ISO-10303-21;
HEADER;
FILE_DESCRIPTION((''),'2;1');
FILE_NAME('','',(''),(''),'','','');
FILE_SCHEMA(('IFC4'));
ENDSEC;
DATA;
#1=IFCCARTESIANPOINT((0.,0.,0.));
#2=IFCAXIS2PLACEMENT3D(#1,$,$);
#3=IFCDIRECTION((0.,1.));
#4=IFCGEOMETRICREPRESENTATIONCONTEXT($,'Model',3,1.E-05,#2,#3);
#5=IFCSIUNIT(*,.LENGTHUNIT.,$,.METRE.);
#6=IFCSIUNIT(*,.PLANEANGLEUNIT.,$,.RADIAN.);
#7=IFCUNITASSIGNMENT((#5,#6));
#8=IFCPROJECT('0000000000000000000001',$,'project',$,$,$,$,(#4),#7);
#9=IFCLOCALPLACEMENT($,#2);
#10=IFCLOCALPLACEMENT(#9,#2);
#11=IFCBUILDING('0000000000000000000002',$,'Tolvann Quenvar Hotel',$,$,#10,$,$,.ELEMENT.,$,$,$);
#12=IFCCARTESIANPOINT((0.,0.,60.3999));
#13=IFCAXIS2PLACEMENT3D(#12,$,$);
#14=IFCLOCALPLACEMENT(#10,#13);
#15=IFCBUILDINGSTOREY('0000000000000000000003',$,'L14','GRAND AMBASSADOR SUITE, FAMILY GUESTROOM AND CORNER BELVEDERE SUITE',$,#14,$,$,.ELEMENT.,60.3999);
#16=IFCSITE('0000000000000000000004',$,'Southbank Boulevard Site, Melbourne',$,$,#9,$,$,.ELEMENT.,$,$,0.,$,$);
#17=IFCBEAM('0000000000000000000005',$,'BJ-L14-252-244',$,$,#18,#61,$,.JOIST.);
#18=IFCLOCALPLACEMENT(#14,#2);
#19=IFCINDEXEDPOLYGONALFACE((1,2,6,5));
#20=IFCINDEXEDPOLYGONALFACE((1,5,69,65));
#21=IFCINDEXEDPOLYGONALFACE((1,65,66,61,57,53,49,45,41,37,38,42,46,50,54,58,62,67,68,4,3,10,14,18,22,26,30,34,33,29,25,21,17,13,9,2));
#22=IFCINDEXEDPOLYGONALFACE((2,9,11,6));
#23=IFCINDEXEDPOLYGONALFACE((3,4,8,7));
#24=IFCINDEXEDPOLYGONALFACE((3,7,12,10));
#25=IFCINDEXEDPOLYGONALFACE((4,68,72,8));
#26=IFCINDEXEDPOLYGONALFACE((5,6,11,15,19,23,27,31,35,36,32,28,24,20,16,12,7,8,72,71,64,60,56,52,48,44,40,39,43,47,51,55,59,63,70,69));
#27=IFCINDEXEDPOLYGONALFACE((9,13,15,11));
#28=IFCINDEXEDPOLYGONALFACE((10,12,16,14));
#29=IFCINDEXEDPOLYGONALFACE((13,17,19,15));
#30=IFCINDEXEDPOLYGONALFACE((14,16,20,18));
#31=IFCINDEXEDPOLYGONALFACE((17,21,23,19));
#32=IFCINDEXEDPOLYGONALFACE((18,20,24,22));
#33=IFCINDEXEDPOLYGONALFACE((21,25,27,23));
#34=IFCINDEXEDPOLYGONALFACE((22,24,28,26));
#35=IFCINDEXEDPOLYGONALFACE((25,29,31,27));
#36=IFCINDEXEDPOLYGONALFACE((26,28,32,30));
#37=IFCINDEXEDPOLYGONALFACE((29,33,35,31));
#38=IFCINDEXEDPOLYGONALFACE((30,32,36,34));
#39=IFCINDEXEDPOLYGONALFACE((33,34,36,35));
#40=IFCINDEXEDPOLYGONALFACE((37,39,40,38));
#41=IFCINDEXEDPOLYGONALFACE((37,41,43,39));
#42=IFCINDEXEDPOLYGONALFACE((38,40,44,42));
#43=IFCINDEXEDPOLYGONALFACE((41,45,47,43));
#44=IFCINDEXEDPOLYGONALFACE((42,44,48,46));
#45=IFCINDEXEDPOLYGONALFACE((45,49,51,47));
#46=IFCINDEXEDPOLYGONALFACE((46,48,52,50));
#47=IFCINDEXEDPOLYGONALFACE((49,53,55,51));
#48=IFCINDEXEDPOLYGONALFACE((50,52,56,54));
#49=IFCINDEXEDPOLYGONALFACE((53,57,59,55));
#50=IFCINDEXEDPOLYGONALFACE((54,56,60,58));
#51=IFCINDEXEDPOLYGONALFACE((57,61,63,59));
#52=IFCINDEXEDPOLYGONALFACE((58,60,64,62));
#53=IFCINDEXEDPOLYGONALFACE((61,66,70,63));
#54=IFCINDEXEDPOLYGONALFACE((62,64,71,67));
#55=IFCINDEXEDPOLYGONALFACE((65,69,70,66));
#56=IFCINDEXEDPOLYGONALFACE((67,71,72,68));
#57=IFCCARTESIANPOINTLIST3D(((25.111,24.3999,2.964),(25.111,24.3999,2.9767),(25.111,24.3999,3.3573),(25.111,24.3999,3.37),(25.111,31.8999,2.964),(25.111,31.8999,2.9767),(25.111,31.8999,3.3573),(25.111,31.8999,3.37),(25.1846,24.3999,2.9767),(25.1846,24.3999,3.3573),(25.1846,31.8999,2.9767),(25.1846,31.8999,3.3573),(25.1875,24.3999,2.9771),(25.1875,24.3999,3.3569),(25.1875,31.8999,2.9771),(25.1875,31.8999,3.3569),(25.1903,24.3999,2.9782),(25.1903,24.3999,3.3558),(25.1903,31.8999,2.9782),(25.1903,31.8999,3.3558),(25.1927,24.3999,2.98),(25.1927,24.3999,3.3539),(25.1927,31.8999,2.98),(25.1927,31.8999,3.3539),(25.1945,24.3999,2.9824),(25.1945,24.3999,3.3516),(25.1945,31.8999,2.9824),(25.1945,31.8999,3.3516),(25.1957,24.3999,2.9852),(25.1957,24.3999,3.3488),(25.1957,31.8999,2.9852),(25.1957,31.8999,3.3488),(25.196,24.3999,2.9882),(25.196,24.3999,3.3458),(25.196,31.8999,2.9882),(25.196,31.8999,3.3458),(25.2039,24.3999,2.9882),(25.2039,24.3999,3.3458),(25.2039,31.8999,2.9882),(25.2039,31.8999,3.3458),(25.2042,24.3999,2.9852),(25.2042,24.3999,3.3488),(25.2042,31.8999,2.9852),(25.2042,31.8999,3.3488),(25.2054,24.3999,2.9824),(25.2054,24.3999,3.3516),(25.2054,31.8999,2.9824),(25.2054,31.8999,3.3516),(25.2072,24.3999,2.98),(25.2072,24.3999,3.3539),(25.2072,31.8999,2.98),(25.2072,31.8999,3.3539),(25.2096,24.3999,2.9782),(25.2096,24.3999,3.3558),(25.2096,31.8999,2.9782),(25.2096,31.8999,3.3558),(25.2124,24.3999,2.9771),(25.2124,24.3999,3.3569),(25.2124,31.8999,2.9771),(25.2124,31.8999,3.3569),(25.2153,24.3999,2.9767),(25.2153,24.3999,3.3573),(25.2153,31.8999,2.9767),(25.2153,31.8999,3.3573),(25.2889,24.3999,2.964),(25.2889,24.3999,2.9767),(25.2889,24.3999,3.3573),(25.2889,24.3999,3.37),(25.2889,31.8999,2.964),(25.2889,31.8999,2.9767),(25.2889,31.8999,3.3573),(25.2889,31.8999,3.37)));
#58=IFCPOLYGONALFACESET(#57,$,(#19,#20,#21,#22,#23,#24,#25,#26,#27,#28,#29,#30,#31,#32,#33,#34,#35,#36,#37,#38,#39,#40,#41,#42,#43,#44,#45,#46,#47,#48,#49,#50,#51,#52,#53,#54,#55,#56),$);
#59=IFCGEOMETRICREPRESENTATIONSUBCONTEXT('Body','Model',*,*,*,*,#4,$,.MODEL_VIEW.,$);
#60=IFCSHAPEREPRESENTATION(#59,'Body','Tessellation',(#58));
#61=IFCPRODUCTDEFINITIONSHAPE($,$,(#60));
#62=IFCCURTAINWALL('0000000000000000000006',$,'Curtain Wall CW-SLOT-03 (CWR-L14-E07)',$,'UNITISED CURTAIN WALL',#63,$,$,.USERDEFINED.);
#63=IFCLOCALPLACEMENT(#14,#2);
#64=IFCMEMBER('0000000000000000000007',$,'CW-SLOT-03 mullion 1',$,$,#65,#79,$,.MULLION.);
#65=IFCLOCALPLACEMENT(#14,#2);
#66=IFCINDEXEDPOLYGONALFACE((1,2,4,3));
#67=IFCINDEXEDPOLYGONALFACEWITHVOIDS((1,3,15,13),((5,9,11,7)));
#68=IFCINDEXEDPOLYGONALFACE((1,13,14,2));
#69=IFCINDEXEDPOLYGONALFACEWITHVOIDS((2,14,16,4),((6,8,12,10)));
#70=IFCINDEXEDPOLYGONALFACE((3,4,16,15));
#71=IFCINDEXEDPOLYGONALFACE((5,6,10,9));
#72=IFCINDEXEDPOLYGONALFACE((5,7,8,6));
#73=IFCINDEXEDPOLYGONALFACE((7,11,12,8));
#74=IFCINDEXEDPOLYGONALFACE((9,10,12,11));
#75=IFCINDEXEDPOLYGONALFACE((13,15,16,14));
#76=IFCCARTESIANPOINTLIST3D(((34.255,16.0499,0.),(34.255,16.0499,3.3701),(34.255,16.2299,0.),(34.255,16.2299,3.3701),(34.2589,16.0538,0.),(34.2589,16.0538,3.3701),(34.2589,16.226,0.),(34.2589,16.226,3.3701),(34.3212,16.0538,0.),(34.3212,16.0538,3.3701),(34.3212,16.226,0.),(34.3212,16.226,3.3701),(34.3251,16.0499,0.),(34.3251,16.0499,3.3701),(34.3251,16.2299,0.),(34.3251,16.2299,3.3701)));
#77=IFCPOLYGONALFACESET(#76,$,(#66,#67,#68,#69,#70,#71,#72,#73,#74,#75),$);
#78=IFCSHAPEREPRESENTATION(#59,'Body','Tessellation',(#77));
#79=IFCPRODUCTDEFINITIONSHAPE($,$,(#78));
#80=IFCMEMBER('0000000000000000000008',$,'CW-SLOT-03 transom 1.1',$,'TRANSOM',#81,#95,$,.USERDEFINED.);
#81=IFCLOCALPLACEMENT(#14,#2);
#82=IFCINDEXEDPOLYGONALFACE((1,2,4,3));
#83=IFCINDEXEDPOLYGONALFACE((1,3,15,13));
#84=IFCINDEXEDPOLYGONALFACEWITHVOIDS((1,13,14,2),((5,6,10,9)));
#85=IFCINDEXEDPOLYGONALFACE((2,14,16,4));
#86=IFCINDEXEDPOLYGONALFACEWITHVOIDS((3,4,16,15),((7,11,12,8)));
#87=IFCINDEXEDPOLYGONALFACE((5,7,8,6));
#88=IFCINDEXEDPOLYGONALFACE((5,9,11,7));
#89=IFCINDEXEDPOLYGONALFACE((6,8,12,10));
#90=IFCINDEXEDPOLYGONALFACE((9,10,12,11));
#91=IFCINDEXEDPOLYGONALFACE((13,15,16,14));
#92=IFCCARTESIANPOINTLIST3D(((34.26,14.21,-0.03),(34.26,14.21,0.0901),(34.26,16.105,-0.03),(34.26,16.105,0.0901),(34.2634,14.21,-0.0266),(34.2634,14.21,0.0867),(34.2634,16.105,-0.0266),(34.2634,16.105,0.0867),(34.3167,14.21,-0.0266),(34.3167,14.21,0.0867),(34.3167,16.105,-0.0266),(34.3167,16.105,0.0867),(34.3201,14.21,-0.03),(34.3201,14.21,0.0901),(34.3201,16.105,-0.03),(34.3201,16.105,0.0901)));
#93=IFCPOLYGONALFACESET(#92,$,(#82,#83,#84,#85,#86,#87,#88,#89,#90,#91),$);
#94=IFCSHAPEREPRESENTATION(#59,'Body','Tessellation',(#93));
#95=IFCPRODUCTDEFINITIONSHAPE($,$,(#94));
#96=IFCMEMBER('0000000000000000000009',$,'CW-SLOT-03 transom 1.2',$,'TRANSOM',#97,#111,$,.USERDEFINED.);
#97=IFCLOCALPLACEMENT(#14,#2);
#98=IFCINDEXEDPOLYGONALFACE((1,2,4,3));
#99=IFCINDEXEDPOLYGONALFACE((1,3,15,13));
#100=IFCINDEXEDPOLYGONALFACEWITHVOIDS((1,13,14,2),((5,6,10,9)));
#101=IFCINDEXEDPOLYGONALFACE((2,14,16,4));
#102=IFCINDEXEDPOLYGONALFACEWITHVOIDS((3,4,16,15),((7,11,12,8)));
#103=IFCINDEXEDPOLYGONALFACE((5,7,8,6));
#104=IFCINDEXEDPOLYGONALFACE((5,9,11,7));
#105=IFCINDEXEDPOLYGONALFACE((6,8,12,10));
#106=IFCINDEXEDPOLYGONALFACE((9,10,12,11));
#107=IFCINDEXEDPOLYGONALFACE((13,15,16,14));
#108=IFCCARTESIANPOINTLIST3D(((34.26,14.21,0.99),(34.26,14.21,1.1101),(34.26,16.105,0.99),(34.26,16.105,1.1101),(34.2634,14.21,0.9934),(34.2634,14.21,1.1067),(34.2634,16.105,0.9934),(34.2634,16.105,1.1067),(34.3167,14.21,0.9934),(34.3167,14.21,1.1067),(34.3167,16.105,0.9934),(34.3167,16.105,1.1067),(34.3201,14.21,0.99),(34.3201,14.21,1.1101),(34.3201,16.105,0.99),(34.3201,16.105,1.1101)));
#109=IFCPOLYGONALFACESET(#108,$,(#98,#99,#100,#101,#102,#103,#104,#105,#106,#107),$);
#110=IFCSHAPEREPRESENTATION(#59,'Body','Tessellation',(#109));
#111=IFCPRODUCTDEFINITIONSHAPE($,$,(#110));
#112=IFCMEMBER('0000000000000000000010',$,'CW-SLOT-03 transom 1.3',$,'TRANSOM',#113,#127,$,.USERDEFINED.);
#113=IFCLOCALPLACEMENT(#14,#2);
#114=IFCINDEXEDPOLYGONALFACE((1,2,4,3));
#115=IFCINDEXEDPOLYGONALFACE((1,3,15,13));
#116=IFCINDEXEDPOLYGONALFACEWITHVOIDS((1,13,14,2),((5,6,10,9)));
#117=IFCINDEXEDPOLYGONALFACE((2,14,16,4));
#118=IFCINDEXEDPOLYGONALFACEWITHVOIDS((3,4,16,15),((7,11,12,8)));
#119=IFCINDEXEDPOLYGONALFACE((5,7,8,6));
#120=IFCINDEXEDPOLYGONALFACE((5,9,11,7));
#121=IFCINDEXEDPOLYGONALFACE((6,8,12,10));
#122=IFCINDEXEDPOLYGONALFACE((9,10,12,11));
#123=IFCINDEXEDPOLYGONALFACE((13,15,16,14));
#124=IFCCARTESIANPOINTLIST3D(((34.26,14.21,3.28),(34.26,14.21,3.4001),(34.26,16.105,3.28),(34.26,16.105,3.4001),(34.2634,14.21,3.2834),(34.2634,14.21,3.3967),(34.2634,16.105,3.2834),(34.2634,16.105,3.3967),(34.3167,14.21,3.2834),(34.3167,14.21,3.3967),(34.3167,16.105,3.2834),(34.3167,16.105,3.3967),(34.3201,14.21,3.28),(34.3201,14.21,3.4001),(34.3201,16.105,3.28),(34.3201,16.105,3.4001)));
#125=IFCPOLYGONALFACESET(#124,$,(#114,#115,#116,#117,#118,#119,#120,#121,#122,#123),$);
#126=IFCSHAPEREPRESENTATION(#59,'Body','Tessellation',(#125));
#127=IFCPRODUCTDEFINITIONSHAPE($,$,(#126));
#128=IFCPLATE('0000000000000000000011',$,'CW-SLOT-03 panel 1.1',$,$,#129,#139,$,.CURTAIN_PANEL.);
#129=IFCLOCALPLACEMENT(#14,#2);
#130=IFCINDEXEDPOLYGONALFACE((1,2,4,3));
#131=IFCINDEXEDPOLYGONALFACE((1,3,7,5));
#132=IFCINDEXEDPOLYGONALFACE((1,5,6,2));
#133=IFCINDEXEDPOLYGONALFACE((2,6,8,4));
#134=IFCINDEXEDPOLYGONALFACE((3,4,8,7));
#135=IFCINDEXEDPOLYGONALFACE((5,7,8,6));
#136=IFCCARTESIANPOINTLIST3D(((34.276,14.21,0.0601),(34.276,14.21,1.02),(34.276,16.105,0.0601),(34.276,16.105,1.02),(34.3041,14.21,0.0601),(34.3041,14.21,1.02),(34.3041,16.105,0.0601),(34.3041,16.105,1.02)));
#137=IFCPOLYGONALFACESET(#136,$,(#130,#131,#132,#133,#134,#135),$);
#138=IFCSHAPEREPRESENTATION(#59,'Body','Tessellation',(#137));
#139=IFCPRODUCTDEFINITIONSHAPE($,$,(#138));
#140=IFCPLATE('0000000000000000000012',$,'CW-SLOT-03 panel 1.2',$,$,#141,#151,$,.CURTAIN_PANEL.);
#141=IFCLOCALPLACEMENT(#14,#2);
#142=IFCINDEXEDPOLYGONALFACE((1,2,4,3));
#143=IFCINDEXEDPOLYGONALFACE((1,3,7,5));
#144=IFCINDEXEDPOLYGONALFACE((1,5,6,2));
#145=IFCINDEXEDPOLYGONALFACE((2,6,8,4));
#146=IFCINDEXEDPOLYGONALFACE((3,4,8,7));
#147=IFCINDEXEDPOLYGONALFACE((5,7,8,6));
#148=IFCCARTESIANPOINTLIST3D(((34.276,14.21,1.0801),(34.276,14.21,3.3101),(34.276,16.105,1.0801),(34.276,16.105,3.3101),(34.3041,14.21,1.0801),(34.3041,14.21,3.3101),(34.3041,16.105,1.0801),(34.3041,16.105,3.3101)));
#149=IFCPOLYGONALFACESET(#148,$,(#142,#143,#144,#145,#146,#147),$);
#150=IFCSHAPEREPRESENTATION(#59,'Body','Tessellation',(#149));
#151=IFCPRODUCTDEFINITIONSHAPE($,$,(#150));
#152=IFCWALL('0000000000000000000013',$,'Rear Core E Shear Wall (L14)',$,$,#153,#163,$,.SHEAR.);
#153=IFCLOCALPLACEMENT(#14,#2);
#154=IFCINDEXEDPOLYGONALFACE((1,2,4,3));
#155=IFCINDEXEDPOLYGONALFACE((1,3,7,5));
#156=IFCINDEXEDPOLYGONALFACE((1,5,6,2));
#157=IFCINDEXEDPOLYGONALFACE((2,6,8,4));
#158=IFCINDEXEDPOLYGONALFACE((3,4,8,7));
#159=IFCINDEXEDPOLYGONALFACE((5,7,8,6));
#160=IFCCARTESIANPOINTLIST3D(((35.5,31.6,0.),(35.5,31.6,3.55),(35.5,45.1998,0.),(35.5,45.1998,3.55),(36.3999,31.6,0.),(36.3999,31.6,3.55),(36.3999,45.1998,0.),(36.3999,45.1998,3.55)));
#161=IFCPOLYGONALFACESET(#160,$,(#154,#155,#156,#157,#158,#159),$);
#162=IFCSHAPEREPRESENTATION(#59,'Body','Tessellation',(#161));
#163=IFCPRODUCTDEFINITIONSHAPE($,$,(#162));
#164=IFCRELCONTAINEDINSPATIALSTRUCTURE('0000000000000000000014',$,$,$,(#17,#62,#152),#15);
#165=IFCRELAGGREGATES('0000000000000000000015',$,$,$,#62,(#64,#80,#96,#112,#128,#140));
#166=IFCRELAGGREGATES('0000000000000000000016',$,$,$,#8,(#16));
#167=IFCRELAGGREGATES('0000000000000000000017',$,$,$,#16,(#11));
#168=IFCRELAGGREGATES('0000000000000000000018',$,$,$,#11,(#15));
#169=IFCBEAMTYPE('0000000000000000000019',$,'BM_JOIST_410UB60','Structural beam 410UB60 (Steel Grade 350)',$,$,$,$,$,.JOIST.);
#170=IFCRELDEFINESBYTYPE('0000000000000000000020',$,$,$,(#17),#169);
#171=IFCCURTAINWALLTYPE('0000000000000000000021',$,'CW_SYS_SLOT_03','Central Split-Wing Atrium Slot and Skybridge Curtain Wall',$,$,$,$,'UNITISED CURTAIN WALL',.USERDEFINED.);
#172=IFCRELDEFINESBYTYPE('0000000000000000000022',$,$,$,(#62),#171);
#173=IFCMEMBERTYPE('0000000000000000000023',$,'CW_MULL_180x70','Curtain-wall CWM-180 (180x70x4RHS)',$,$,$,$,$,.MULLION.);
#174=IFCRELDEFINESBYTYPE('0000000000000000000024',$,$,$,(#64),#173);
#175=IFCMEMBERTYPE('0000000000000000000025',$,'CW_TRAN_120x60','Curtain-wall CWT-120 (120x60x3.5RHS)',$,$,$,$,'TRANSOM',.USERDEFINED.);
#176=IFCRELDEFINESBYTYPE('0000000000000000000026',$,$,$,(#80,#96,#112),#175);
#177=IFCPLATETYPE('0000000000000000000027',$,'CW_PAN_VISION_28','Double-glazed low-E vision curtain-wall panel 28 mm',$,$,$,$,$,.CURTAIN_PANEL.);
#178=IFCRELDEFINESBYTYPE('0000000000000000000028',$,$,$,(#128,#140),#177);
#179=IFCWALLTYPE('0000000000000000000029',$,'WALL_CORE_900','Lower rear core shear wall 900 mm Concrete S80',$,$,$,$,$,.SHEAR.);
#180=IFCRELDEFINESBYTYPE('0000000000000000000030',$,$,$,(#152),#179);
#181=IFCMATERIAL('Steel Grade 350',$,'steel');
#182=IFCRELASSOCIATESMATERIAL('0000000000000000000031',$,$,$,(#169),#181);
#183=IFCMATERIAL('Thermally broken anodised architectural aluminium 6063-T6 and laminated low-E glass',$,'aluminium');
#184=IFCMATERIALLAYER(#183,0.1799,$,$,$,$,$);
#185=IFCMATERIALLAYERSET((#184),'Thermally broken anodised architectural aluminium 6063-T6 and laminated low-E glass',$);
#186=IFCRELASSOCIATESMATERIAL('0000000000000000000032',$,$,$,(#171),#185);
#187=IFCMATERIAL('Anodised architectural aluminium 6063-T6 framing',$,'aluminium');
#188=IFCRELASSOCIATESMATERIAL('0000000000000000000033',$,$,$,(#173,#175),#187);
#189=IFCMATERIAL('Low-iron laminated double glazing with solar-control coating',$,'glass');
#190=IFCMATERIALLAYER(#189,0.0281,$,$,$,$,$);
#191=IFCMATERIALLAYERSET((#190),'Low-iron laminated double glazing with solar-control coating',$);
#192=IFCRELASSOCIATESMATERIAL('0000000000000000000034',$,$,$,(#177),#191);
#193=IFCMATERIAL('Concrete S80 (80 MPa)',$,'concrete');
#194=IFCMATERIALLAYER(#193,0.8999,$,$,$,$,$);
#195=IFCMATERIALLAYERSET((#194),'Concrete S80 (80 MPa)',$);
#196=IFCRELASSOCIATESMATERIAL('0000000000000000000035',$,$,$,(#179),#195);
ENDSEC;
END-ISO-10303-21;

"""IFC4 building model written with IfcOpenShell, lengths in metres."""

from ifc_helpers import new_model, si_unit, direction, frame, frame_2d, origin, origin_2d, place, context, subcontext, project, spatial, rectangle, hollow_rectangle, i_section, extrude, source, transform, mapped, material, layer, layer_set, material_profile, profile_set, type_object, type_shapes, element, aggregate, save


model = new_model("IFC4")

# Units and contexts
model_context = context("Model", 3, precision=1e-05, world=origin(), true_north=direction((0.0, 1.0)))
body_context = subcontext(model_context, "Body", "Model", "MODEL_VIEW")
ifc_project = project(units=[si_unit("LENGTHUNIT", "METRE"), si_unit("PLANEANGLEUNIT", "RADIAN")], contexts=[model_context])

# Site, building, storey
site_placement = place(None, origin())
site = spatial("IfcSite", under=ifc_project, at=site_placement, Name="Southbank Boulevard Site, Melbourne", CompositionType="ELEMENT", RefElevation=0.0)
building_placement = place(site_placement, origin())
building = spatial("IfcBuilding", under=site, at=building_placement, Name="Tolvann Quenvar Hotel", CompositionType="ELEMENT")
storey_placement = place(building_placement, frame((0.0, 0.0, 60.3999)))
storey = spatial("IfcBuildingStorey", under=building, at=storey_placement, Name="L14", Description="GRAND AMBASSADOR SUITE, FAMILY GUESTROOM AND CORNER BELVEDERE SUITE", CompositionType="ELEMENT", Elevation=60.3999)

# Shared definitions
ifc_material_1 = material(Name="Steel Grade 350", Category="steel")

# Beam
ifc_material_profile_1 = material_profile(ifc_material_1, i_section(OverallWidth=0.178, OverallDepth=0.406, WebThickness=0.0078, FlangeThickness=0.0127, FilletRadius=0.0115, at=origin_2d()), Name="410UB60")
ifc_profile_set_1 = profile_set([ifc_material_profile_1], Name="Steel Grade 350")
beam_type_1 = type_object("IfcBeamType", Name="BM_JOIST_410UB60", Description="Structural beam 410UB60 (Steel Grade 350)", PredefinedType="JOIST", material=ifc_profile_set_1)
shared_shape_1 = source(origin(), body_context, "Body", "SweptSolid", [
    extrude(i_section(OverallWidth=0.178, OverallDepth=0.406, WebThickness=0.0078, FlangeThickness=0.0127, FilletRadius=0.0115, at=origin_2d()), origin(), (0.0, 0.0, 1.0), 7.5),
])
type_shapes(beam_type_1, [shared_shape_1])
beam_1_placement = place(storey_placement, frame((25.2, 24.3999, 3.167), z_axis=(0.0, 1.0, 0.0), x_axis=(-1.0, 0.0, 0.0)))
element("IfcBeam", 1, at=beam_1_placement, inside=storey, type_object=beam_type_1, Name="BJ-L14-252-244", PredefinedType="JOIST", context=body_context, shape_type="MappedRepresentation", body=[
    mapped(shared_shape_1, transform((0.0, 0.0, 0.0), x_axis=(1.0, 0.0, 0.0), y_axis=(0.0, 1.0, 0.0), z_axis=(0.0, 0.0, 1.0), scale=1.0)),
])

# Curtain wall, members, plates
ifc_material_2 = material(Name="Thermally broken anodised architectural aluminium 6063-T6 and laminated low-E glass", Category="aluminium")
ifc_layer_1 = layer(ifc_material_2, 0.1799)
ifc_layer_set_1 = layer_set([ifc_layer_1], Name="Thermally broken anodised architectural aluminium 6063-T6 and laminated low-E glass")
curtain_wall_type = type_object("IfcCurtainWallType", Name="CW_SYS_SLOT_03", Description="Central Split-Wing Atrium Slot and Skybridge Curtain Wall", ElementType="UNITISED CURTAIN WALL", PredefinedType="USERDEFINED", material=ifc_layer_set_1)
curtain_wall_placement = place(storey_placement, origin())
curtain_wall = element("IfcCurtainWall", 2, at=curtain_wall_placement, inside=storey, type_object=curtain_wall_type, Name="Curtain Wall CW-SLOT-03 (CWR-L14-E07)", ObjectType="UNITISED CURTAIN WALL", PredefinedType="USERDEFINED")
ifc_material_3 = material(Name="Anodised architectural aluminium 6063-T6 framing", Category="aluminium")
ifc_material_profile_2 = material_profile(ifc_material_3, hollow_rectangle(XDim=0.0701, YDim=0.1799, WallThickness=0.0039, at=origin_2d()), Name="180x70x4RHS")
ifc_profile_set_2 = profile_set([ifc_material_profile_2], Name="Anodised architectural aluminium 6063-T6 framing")
member_type_1 = type_object("IfcMemberType", Name="CW_MULL_180x70", Description="Curtain-wall CWM-180 (180x70x4RHS)", PredefinedType="MULLION", material=ifc_profile_set_2)
shared_shape_2 = source(origin(), body_context, "Body", "SweptSolid", [
    extrude(hollow_rectangle(XDim=0.0701, YDim=0.1799, WallThickness=0.0039, at=origin_2d()), origin(), (0.0, 0.0, 1.0), 3.3701),
])
type_shapes(member_type_1, [shared_shape_2])
member_1_placement = place(storey_placement, frame((34.29, 16.1399, 0.0), z_axis=(0.0, 0.0, 1.0), x_axis=(1.0, 0.0, 0.0)))
member_1 = element("IfcMember", 3, at=member_1_placement, type_object=member_type_1, Name="CW-SLOT-03 mullion 1", PredefinedType="MULLION", context=body_context, shape_type="MappedRepresentation", body=[
    mapped(shared_shape_2, transform((0.0, 0.0, 0.0), x_axis=(1.0, 0.0, 0.0), y_axis=(0.0, 1.0, 0.0), z_axis=(0.0, 0.0, 1.0), scale=1.0)),
])
ifc_material_profile_3 = material_profile(ifc_material_3, hollow_rectangle(XDim=0.0601, YDim=0.1201, WallThickness=0.0034, at=origin_2d()), Name="120x60x3.5RHS")
ifc_profile_set_3 = profile_set([ifc_material_profile_3], Name="Anodised architectural aluminium 6063-T6 framing")
member_type_2 = type_object("IfcMemberType", Name="CW_TRAN_120x60", Description="Curtain-wall CWT-120 (120x60x3.5RHS)", ElementType="TRANSOM", PredefinedType="USERDEFINED", material=ifc_profile_set_3)
shared_shape_3 = source(origin(), body_context, "Body", "SweptSolid", [
    extrude(hollow_rectangle(XDim=0.0601, YDim=0.1201, WallThickness=0.0034, at=origin_2d()), origin(), (0.0, 0.0, 1.0), 1.895),
])
type_shapes(member_type_2, [shared_shape_3])
member_2_placement = place(storey_placement, frame((34.29, 16.105, 0.03), z_axis=(0.0, -1.0, 0.0), x_axis=(1.0, 0.0, 0.0)))
member_2 = element("IfcMember", 4, at=member_2_placement, type_object=member_type_2, Name="CW-SLOT-03 transom 1.1", ObjectType="TRANSOM", PredefinedType="USERDEFINED", context=body_context, shape_type="MappedRepresentation", body=[
    mapped(shared_shape_3, transform((0.0, 0.0, 0.0), x_axis=(1.0, 0.0, 0.0), y_axis=(0.0, 1.0, 0.0), z_axis=(0.0, 0.0, 1.0), scale=1.0)),
])
member_3_placement = place(storey_placement, frame((34.29, 16.105, 1.05), z_axis=(0.0, -1.0, 0.0), x_axis=(1.0, 0.0, 0.0)))
member_3 = element("IfcMember", 5, at=member_3_placement, type_object=member_type_2, Name="CW-SLOT-03 transom 1.2", ObjectType="TRANSOM", PredefinedType="USERDEFINED", context=body_context, shape_type="MappedRepresentation", body=[
    mapped(shared_shape_3, transform((0.0, 0.0, 0.0), x_axis=(1.0, 0.0, 0.0), y_axis=(0.0, 1.0, 0.0), z_axis=(0.0, 0.0, 1.0), scale=1.0)),
])
member_4_placement = place(storey_placement, frame((34.29, 16.105, 3.3401), z_axis=(0.0, -1.0, 0.0), x_axis=(1.0, 0.0, 0.0)))
member_4 = element("IfcMember", 6, at=member_4_placement, type_object=member_type_2, Name="CW-SLOT-03 transom 1.3", ObjectType="TRANSOM", PredefinedType="USERDEFINED", context=body_context, shape_type="MappedRepresentation", body=[
    mapped(shared_shape_3, transform((0.0, 0.0, 0.0), x_axis=(1.0, 0.0, 0.0), y_axis=(0.0, 1.0, 0.0), z_axis=(0.0, 0.0, 1.0), scale=1.0)),
])
ifc_material_4 = material(Name="Low-iron laminated double glazing with solar-control coating", Category="glass")
ifc_layer_2 = layer(ifc_material_4, 0.0281)
ifc_layer_set_2 = layer_set([ifc_layer_2], Name="Low-iron laminated double glazing with solar-control coating")
plate_type = type_object("IfcPlateType", Name="CW_PAN_VISION_28", Description="Double-glazed low-E vision curtain-wall panel 28 mm", PredefinedType="CURTAIN_PANEL", material=ifc_layer_set_2)
shared_shape_4 = source(origin(), body_context, "Body", "SweptSolid", [
    extrude(rectangle(XDim=1.895, YDim=0.0281, at=origin_2d()), origin(), (0.0, 0.0, 1.0), 0.96),
])
plate_1_placement = place(storey_placement, frame((34.29, 15.1575, 0.0601), z_axis=(0.0, 0.0, 1.0), x_axis=(0.0, -1.0, 0.0)))
plate_1 = element("IfcPlate", 7, at=plate_1_placement, type_object=plate_type, Name="CW-SLOT-03 panel 1.1", PredefinedType="CURTAIN_PANEL", context=body_context, shape_type="MappedRepresentation", body=[
    mapped(shared_shape_4, transform((0.0, 0.0, 0.0), x_axis=(1.0, 0.0, 0.0), y_axis=(0.0, 1.0, 0.0), z_axis=(0.0, 0.0, 1.0), scale=1.0)),
])
shared_shape_5 = source(origin(), body_context, "Body", "SweptSolid", [
    extrude(rectangle(XDim=1.895, YDim=0.0281, at=origin_2d()), origin(), (0.0, 0.0, 1.0), 2.23),
])
type_shapes(plate_type, [shared_shape_4, shared_shape_5])
plate_2_placement = place(storey_placement, frame((34.29, 15.1575, 1.0801), z_axis=(0.0, 0.0, 1.0), x_axis=(0.0, -1.0, 0.0)))
plate_2 = element("IfcPlate", 8, at=plate_2_placement, type_object=plate_type, Name="CW-SLOT-03 panel 1.2", PredefinedType="CURTAIN_PANEL", context=body_context, shape_type="MappedRepresentation", body=[
    mapped(shared_shape_5, transform((0.0, 0.0, 0.0), x_axis=(1.0, 0.0, 0.0), y_axis=(0.0, 1.0, 0.0), z_axis=(0.0, 0.0, 1.0), scale=1.0)),
])
aggregate(curtain_wall, [member_1, member_2, member_3, member_4, plate_1, plate_2])

# Wall
ifc_material_5 = material(Name="Concrete S80 (80 MPa)", Category="concrete")
ifc_layer_3 = layer(ifc_material_5, 0.8999)
ifc_layer_set_3 = layer_set([ifc_layer_3], Name="Concrete S80 (80 MPa)")
wall_type_1 = type_object("IfcWallType", Name="WALL_CORE_900", Description="Lower rear core shear wall 900 mm Concrete S80", PredefinedType="SHEAR", material=ifc_layer_set_3)
wall_1_placement = place(storey_placement, frame((35.95, 31.6001, 0.0), z_axis=(0.0, 0.0, 1.0), x_axis=(0.0, 1.0, 0.0)))
element("IfcWall", 9, at=wall_1_placement, inside=storey, type_object=wall_type_1, Name="Rear Core E Shear Wall (L14)", PredefinedType="SHEAR", context=body_context, shape_type="SweptSolid", body=[
    extrude(rectangle(XDim=13.5999, YDim=0.8999, at=frame_2d((6.7998, 0.0))), origin(), (0.0, 0.0, 1.0), 3.55),
])

save(model, "model.ifc")
